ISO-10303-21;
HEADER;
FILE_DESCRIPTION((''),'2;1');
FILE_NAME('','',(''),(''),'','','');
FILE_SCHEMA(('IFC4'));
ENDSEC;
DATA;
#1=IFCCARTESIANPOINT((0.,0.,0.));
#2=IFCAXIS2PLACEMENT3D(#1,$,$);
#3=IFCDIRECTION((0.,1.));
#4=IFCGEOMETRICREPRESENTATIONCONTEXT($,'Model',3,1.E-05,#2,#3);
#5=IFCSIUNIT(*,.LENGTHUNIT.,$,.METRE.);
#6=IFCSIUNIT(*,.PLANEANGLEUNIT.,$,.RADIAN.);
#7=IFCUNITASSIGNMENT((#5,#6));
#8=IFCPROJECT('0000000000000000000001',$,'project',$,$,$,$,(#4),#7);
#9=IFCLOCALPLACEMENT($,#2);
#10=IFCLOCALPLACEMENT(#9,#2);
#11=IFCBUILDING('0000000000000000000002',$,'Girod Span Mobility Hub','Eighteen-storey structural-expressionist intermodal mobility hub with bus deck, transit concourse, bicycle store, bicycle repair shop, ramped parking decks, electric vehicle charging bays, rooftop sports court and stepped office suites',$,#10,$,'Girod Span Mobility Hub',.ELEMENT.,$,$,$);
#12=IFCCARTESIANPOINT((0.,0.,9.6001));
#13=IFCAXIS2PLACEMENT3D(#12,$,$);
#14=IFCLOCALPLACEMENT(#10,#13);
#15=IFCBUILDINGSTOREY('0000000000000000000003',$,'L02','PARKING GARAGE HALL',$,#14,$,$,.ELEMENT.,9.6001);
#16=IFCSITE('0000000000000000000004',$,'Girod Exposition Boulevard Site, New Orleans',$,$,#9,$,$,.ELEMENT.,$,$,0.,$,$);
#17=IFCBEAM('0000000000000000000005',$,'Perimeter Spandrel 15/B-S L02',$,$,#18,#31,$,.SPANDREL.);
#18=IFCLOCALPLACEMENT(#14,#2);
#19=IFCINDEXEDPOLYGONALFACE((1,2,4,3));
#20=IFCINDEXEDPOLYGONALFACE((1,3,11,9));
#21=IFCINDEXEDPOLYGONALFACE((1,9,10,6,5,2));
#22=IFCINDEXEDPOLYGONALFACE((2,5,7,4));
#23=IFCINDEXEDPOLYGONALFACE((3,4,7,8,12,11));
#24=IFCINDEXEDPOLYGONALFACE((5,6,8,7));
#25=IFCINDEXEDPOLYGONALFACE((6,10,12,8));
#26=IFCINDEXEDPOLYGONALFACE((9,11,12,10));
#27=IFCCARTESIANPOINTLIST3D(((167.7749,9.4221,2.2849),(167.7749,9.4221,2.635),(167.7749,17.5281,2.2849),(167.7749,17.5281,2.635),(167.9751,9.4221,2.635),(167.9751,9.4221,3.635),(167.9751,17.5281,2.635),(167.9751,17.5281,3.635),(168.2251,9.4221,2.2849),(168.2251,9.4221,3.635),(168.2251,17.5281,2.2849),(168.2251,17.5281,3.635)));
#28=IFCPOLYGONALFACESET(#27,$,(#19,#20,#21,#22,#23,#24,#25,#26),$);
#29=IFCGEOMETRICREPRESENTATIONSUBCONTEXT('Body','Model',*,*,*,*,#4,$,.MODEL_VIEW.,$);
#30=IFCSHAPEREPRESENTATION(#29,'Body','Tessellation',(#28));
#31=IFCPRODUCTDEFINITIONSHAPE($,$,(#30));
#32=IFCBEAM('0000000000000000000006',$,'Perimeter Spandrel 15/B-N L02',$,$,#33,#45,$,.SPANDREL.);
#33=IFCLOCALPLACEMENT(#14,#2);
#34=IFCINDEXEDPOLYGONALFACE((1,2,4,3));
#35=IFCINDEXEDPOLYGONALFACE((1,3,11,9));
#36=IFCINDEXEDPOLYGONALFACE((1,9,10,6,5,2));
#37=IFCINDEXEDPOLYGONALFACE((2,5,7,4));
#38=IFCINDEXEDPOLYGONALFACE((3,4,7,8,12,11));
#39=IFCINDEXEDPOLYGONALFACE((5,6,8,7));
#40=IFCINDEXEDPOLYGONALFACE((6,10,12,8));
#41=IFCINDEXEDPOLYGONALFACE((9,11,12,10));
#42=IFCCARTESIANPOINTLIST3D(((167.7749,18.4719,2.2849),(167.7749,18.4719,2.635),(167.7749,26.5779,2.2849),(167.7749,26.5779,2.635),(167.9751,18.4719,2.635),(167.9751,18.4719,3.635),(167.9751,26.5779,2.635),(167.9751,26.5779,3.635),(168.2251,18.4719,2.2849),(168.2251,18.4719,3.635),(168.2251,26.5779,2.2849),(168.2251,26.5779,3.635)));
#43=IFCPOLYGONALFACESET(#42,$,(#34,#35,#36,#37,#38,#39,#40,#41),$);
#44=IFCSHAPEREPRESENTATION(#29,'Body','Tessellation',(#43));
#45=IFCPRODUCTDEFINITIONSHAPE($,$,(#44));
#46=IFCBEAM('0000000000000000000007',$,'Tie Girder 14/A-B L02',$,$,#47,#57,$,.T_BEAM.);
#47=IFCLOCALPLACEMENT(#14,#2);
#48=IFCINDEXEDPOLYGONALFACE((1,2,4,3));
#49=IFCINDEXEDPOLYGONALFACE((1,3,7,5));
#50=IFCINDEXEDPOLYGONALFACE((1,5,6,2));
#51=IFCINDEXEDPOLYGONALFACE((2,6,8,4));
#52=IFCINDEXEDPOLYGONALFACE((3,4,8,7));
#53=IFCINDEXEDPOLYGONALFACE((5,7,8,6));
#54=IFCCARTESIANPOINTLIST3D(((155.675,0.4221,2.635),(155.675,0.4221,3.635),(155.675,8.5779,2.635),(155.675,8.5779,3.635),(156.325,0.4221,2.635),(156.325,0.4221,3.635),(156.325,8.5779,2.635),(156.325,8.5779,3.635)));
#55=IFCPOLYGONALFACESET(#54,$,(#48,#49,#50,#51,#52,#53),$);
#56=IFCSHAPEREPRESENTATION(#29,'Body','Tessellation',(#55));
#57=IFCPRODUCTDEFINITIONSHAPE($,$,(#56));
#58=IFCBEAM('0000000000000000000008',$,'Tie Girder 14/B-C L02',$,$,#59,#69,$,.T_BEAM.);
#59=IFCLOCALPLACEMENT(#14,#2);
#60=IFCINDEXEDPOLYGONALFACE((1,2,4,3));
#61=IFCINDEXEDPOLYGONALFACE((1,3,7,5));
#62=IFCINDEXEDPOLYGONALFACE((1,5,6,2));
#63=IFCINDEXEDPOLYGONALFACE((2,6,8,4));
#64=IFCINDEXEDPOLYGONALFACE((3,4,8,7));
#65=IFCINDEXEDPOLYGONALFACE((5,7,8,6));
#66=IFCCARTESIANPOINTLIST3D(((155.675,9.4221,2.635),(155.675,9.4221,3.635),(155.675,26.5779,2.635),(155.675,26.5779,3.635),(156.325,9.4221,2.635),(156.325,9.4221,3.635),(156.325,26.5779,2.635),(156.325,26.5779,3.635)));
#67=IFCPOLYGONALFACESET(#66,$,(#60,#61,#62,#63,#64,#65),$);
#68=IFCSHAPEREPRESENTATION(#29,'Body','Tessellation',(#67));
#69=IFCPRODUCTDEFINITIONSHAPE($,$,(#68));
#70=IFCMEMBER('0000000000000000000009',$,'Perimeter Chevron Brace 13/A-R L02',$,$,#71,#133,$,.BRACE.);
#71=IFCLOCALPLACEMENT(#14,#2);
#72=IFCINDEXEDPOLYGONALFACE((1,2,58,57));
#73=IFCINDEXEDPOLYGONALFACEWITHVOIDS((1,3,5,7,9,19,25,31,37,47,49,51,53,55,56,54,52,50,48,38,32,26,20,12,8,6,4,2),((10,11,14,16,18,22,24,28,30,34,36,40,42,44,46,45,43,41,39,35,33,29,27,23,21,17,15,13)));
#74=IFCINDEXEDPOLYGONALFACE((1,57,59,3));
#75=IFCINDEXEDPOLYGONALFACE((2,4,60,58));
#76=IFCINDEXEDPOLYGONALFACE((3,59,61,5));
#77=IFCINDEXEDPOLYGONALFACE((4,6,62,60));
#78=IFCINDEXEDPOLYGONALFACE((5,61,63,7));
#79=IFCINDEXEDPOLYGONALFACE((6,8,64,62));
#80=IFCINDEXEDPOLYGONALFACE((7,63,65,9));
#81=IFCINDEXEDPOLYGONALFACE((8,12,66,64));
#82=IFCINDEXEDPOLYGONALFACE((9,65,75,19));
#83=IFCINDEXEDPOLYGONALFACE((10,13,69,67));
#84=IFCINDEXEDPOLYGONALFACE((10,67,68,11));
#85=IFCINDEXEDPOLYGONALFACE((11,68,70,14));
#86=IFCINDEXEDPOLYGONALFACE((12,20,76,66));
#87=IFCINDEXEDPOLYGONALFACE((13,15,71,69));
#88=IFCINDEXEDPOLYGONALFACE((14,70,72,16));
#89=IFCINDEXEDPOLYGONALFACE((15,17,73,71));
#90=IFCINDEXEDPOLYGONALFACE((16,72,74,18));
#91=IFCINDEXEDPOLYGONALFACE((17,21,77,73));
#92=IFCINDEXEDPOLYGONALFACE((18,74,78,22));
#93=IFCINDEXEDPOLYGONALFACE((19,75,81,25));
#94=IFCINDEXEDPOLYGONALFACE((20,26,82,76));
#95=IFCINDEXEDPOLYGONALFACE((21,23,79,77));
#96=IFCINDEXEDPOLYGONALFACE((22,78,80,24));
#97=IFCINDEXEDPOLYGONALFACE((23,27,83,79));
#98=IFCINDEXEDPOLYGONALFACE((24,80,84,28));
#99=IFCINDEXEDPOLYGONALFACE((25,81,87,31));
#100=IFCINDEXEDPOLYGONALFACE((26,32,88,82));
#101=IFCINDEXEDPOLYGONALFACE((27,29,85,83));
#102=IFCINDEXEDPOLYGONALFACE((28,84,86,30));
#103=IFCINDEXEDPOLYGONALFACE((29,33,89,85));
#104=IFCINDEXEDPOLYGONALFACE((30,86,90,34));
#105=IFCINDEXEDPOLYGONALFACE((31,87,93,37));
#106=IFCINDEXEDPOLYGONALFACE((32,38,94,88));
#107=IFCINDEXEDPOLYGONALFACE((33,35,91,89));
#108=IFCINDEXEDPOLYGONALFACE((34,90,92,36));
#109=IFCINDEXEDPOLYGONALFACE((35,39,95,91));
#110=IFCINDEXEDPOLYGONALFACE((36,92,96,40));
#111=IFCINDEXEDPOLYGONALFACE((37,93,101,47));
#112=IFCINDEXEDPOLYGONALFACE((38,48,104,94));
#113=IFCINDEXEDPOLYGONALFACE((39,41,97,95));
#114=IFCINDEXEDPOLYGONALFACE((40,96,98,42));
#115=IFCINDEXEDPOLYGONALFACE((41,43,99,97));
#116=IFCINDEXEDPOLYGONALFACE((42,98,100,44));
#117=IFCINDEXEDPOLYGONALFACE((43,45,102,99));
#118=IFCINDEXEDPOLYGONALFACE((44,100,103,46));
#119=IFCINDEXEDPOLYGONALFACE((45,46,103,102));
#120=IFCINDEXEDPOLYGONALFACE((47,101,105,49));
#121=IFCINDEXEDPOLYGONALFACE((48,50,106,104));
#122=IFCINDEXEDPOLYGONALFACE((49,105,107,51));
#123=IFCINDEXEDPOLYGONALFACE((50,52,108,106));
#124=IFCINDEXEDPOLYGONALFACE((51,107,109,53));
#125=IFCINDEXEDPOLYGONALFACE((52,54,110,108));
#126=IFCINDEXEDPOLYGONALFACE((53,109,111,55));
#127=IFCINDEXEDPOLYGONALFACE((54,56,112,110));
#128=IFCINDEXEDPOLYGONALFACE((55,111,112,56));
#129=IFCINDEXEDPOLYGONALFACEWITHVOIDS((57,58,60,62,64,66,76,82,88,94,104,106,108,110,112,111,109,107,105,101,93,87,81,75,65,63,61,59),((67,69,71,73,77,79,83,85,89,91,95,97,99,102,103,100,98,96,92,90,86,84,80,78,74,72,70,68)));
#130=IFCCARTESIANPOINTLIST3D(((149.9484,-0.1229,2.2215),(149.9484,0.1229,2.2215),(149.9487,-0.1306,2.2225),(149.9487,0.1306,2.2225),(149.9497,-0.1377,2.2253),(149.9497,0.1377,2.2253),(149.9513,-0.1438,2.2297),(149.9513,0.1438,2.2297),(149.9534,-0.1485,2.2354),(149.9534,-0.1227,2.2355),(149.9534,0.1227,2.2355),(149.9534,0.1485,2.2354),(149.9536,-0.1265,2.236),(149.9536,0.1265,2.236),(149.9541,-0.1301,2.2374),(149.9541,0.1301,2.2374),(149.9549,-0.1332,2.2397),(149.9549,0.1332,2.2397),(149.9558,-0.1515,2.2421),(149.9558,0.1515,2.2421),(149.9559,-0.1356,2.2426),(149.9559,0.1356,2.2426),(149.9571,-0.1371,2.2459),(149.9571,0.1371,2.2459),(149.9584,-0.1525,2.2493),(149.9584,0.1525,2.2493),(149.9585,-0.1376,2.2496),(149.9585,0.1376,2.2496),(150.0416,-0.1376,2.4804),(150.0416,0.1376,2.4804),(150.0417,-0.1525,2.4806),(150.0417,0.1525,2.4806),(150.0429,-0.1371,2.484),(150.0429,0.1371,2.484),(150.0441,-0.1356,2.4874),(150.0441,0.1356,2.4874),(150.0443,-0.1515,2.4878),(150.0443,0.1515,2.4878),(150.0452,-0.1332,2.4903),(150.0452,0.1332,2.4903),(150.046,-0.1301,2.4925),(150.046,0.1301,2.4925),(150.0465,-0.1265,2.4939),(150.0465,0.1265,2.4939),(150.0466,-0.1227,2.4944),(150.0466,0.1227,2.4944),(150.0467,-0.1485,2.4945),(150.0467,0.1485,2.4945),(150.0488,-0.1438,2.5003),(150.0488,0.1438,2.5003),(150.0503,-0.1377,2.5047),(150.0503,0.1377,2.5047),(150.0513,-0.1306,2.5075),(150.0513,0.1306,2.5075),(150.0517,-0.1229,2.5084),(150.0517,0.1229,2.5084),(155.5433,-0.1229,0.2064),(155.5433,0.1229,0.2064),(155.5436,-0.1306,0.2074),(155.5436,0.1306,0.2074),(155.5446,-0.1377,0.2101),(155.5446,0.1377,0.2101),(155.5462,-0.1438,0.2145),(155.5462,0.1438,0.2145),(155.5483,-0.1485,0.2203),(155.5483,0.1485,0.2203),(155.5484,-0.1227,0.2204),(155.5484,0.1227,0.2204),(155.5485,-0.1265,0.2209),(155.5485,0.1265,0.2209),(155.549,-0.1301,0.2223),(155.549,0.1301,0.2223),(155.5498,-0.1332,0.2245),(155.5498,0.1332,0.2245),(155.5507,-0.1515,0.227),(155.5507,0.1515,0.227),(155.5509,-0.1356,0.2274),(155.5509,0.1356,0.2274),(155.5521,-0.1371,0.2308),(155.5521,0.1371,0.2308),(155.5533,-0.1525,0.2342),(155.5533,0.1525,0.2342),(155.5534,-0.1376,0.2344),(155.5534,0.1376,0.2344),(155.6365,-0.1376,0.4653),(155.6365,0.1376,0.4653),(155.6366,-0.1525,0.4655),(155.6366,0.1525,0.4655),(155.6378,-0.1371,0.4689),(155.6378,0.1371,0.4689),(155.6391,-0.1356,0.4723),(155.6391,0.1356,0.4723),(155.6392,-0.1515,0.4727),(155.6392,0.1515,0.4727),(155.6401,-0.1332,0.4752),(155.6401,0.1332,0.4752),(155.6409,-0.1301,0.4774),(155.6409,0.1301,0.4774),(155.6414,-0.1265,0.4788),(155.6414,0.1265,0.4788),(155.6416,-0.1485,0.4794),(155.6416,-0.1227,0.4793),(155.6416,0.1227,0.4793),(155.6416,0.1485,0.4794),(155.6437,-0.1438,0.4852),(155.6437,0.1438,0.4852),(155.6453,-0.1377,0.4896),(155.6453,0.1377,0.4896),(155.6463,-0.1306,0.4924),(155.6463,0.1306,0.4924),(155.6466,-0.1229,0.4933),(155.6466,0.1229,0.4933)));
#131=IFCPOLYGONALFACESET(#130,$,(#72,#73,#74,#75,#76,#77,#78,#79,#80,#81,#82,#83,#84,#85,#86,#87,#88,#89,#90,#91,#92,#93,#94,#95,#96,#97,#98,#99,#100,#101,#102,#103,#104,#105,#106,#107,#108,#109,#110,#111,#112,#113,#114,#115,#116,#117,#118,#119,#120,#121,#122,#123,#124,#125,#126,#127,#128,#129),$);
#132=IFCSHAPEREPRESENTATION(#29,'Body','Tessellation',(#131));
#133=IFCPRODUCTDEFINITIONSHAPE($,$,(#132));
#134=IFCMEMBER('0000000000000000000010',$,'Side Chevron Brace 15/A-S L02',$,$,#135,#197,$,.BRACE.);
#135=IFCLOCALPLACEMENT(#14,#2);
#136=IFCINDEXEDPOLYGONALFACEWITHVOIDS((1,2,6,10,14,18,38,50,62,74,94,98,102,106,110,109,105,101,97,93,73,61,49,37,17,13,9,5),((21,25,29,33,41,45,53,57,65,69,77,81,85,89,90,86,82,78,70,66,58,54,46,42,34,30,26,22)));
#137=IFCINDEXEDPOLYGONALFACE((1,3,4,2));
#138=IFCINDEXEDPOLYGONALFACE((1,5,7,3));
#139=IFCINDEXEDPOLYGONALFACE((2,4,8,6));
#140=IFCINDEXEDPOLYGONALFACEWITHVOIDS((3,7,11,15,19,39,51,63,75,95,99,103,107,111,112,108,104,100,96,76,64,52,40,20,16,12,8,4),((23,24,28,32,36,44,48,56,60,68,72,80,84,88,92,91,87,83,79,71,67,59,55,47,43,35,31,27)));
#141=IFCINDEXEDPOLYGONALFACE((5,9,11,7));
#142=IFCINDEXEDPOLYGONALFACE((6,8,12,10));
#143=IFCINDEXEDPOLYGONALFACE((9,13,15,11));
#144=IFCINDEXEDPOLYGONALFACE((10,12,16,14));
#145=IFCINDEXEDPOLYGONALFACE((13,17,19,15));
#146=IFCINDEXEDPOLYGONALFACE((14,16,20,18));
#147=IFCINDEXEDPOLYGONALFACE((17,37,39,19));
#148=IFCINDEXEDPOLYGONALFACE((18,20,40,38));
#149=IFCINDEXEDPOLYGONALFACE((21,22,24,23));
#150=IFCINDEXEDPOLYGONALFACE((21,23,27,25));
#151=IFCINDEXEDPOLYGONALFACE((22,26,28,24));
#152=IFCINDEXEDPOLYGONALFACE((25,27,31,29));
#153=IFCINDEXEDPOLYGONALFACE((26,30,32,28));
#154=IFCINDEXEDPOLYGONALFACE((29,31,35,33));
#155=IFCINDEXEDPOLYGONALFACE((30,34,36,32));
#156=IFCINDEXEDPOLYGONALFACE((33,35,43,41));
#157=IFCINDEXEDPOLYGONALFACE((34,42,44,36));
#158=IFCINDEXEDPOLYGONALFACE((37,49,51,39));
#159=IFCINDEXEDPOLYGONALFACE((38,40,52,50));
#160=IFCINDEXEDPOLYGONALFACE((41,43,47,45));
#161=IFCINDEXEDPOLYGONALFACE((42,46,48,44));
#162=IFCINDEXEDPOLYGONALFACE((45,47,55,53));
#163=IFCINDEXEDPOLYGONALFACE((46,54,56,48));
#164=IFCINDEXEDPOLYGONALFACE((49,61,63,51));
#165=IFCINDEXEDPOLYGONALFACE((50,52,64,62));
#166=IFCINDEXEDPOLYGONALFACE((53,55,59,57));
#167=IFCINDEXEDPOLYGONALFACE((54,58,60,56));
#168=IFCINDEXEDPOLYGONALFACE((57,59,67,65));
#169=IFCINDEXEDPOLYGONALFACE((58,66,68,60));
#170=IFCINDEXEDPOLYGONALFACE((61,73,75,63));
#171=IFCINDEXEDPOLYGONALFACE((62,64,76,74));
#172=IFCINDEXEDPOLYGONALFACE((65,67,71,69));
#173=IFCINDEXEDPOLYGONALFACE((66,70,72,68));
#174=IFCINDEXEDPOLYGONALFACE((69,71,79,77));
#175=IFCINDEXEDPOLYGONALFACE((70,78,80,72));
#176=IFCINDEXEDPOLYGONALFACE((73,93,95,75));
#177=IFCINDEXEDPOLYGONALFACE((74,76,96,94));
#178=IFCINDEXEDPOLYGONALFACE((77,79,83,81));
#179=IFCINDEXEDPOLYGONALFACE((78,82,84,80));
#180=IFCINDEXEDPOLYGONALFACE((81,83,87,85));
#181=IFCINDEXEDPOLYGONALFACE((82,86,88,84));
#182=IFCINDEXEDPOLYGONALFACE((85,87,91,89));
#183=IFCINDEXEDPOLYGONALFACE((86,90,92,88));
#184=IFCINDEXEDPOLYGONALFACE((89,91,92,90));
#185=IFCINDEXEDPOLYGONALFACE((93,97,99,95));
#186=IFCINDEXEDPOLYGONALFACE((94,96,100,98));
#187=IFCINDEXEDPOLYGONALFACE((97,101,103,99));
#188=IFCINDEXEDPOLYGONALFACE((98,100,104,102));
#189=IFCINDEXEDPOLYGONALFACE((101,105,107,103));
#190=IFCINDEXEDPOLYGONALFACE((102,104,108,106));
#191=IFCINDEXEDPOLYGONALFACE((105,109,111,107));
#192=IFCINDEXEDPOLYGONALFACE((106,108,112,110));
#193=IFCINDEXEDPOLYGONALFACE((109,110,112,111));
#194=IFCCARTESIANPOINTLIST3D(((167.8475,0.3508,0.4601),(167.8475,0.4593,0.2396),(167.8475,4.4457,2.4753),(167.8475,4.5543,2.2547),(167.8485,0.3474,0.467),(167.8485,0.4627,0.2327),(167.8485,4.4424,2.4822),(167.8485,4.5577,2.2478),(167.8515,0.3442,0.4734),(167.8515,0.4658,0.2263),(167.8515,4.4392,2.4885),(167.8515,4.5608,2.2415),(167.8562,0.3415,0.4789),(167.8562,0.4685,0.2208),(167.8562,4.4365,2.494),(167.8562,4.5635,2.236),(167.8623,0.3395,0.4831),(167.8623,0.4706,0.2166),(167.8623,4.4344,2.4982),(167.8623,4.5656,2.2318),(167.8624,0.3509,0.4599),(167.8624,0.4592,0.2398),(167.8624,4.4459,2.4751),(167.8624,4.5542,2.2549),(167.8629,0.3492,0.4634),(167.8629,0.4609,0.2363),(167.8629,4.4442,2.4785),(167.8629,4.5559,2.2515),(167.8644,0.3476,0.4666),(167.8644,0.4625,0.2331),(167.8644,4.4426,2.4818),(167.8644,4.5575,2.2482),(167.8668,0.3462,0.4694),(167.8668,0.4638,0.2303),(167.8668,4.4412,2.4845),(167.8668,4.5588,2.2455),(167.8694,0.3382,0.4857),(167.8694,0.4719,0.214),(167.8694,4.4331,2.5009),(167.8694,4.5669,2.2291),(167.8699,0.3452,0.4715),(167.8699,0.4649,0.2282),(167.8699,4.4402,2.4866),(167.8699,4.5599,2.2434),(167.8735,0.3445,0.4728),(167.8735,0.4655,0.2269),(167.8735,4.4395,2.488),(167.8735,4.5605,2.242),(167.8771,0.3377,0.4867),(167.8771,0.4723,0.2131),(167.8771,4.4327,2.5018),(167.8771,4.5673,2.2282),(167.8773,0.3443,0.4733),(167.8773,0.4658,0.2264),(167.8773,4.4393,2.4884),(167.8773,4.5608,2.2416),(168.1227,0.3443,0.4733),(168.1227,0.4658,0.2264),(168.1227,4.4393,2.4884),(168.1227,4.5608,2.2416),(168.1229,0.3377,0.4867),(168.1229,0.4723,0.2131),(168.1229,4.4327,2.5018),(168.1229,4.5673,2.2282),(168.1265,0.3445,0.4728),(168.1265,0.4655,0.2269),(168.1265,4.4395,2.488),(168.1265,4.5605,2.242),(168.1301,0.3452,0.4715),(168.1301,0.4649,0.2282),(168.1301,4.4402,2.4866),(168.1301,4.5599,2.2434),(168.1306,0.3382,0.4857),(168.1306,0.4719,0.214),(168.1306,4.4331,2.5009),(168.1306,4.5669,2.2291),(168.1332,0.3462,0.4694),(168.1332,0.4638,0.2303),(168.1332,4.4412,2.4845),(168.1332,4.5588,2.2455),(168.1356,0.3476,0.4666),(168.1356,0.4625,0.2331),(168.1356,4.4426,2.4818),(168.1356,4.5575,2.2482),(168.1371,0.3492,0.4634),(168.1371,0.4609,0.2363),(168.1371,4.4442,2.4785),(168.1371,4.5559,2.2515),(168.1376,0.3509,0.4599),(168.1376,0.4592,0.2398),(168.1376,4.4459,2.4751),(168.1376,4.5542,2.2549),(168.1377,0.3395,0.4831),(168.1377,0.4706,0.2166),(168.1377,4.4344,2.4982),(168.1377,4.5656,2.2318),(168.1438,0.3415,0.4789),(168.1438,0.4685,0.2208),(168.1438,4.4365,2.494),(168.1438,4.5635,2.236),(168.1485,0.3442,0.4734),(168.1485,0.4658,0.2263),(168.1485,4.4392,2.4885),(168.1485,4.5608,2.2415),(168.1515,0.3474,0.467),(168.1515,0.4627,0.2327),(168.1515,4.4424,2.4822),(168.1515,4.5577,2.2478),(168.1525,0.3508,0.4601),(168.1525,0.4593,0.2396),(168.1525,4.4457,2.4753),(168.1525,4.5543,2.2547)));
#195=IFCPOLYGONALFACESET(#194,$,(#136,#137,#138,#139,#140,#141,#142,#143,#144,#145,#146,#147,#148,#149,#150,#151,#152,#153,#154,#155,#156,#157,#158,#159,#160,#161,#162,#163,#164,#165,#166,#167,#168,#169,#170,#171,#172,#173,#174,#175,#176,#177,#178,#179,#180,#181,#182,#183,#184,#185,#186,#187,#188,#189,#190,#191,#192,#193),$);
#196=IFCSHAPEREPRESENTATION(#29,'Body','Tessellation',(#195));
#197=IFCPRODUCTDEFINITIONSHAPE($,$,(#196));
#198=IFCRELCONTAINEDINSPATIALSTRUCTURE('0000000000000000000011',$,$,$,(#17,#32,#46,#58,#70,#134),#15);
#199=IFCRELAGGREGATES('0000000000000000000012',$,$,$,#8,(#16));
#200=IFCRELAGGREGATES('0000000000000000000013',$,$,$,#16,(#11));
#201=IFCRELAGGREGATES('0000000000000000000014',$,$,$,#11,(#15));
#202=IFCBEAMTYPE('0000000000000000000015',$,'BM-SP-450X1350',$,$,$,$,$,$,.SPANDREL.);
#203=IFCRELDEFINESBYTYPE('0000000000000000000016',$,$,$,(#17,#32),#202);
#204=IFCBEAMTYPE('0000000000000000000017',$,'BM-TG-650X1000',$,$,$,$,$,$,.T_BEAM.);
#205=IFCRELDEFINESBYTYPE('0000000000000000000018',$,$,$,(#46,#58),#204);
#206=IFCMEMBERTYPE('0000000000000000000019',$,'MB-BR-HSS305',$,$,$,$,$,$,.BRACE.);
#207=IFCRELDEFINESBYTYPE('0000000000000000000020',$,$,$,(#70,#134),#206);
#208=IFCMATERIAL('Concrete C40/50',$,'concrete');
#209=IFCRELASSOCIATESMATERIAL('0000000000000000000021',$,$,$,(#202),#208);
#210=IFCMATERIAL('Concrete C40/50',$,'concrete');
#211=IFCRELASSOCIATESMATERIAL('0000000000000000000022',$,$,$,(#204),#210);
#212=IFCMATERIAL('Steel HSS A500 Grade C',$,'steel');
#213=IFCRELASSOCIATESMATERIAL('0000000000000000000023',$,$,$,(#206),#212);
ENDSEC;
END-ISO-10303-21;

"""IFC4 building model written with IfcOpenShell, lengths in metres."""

from ifc_helpers import new_model, si_unit, direction, frame, origin, origin_2d, place, context, subcontext, project, spatial, polyline, rectangle, hollow_rectangle, outline, extrude, material, material_profile, profile_set, type_object, element, save


model = new_model("IFC4")

# Units and contexts
model_context = context("Model", 3, precision=1e-05, world=origin(), true_north=direction((0.0, 1.0)))
body_context = subcontext(model_context, "Body", "Model", "MODEL_VIEW")
ifc_project = project(units=[si_unit("LENGTHUNIT", "METRE"), si_unit("PLANEANGLEUNIT", "RADIAN")], contexts=[model_context])

# Site, building, storey
site_placement = place(None, origin())
site = spatial("IfcSite", under=ifc_project, at=site_placement, Name="Girod Exposition Boulevard Site, New Orleans", CompositionType="ELEMENT", RefElevation=0.0)
building_placement = place(site_placement, origin())
building = spatial("IfcBuilding", under=site, at=building_placement, Name="Girod Span Mobility Hub", Description="Eighteen-storey structural-expressionist intermodal mobility hub with bus deck, transit concourse, bicycle store, bicycle repair shop, ramped parking decks, electric vehicle charging bays, rooftop sports court and stepped office suites", LongName="Girod Span Mobility Hub", CompositionType="ELEMENT")
storey_placement = place(building_placement, frame((0.0, 0.0, 9.6001)))
storey = spatial("IfcBuildingStorey", under=building, at=storey_placement, Name="L02", Description="PARKING GARAGE HALL", CompositionType="ELEMENT", Elevation=9.6001)

# Beams
ifc_material_1 = material(Name="Concrete C40/50", Category="concrete")
ifc_material_profile_1 = material_profile(ifc_material_1, outline(polyline([(-0.2251, -0.675), (0.2251, -0.675), (0.2251, -0.325), (0.0249, -0.325), (0.0249, 0.675), (-0.2251, 0.675), (-0.2251, -0.675)])), Name="SP-450X1350")
ifc_profile_set_1 = profile_set([ifc_material_profile_1], Name="Concrete C40/50")
beam_type_1 = type_object("IfcBeamType", Name="BM-SP-450X1350", PredefinedType="SPANDREL", material=ifc_profile_set_1)
for number, where, z_axis, x_axis, name in (
    (1, (168.0, 9.4221, 2.96), (0.0, 1.0, 0.0), (-1.0, 0.0, 0.0), "Perimeter Spandrel 15/B-S L02"),
    (2, (168.0, 18.4719, 2.96), (0.0, 1.0, 0.0), (-1.0, 0.0, 0.0), "Perimeter Spandrel 15/B-N L02"),
):
    element("IfcBeam", number, at=place(storey_placement, frame(where, z_axis=z_axis, x_axis=x_axis)), inside=storey, type_object=beam_type_1, Name=name, PredefinedType="SPANDREL", context=body_context, shape_type="SweptSolid", body=[
        extrude(outline(polyline([(-0.2251, -0.675), (0.2251, -0.675), (0.2251, -0.325), (0.0249, -0.325), (0.0249, 0.675), (-0.2251, 0.675), (-0.2251, -0.675)])), origin(), (0.0, 0.0, 1.0), 8.106),
    ])
ifc_material_2 = material(Name="Concrete C40/50", Category="concrete")
ifc_material_profile_2 = material_profile(ifc_material_2, rectangle(XDim=0.6499, YDim=1.0, at=origin_2d()), Name="TG-650X1000")
ifc_profile_set_2 = profile_set([ifc_material_profile_2], Name="Concrete C40/50")
beam_type_2 = type_object("IfcBeamType", Name="BM-TG-650X1000", PredefinedType="T_BEAM", material=ifc_profile_set_2)
beam_1_placement = place(storey_placement, frame((156.0, 0.4221, 3.135), z_axis=(0.0, 1.0, 0.0), x_axis=(-1.0, 0.0, 0.0)))
element("IfcBeam", 3, at=beam_1_placement, inside=storey, type_object=beam_type_2, Name="Tie Girder 14/A-B L02", PredefinedType="T_BEAM", context=body_context, shape_type="SweptSolid", body=[
    extrude(rectangle(XDim=0.6499, YDim=1.0, at=origin_2d()), origin(), (0.0, 0.0, 1.0), 8.1558),
])
beam_2_placement = place(storey_placement, frame((156.0, 9.4221, 3.135), z_axis=(0.0, 1.0, 0.0), x_axis=(-1.0, 0.0, 0.0)))
element("IfcBeam", 4, at=beam_2_placement, inside=storey, type_object=beam_type_2, Name="Tie Girder 14/B-C L02", PredefinedType="T_BEAM", context=body_context, shape_type="SweptSolid", body=[
    extrude(rectangle(XDim=0.6499, YDim=1.0, at=origin_2d()), origin(), (0.0, 0.0, 1.0), 17.1558),
])

# Members
ifc_material_3 = material(Name="Steel HSS A500 Grade C", Category="steel")
ifc_material_profile_3 = material_profile(ifc_material_3, hollow_rectangle(XDim=0.3049, YDim=0.3049, WallThickness=0.0149, InnerFilletRadius=0.0149, OuterFilletRadius=0.0295, at=origin_2d()), Name="HSS305X305X16")
ifc_profile_set_3 = profile_set([ifc_material_profile_3], Name="Steel HSS A500 Grade C")
member_type = type_object("IfcMemberType", Name="MB-BR-HSS305", PredefinedType="BRACE", material=ifc_profile_set_3)
member_placement = place(storey_placement, frame((155.595, 0.0, 0.3499), z_axis=(-0.940837, 0.0, 0.33886), x_axis=(0.0, -1.0, 0.0)))
element("IfcMember", 5, at=member_placement, inside=storey, type_object=member_type, Name="Perimeter Chevron Brace 13/A-R L02", PredefinedType="BRACE", context=body_context, shape_type="SweptSolid", body=[
    extrude(hollow_rectangle(XDim=0.3049, YDim=0.3049, WallThickness=0.0149, InnerFilletRadius=0.0149, OuterFilletRadius=0.0295, at=origin_2d()), origin(), (0.0, 0.0, 1.0), 5.9468),
])
for number, where, z_axis, x_axis, name in (
    (6, (168.0, 0.405, 0.3499), (0.0, 0.897244, 0.441534), (-1.0, 0.0, 0.0), "Side Chevron Brace 15/A-S L02"),
):
    element("IfcMember", number, at=place(storey_placement, frame(where, z_axis=z_axis, x_axis=x_axis)), inside=storey, type_object=member_type, Name=name, PredefinedType="BRACE", context=body_context, shape_type="SweptSolid", body=[
        extrude(hollow_rectangle(XDim=0.3049, YDim=0.3049, WallThickness=0.0149, InnerFilletRadius=0.0149, OuterFilletRadius=0.0295, at=origin_2d()), origin(), (0.0, 0.0, 1.0), 4.564),
    ])

save(model, "model.ifc")
